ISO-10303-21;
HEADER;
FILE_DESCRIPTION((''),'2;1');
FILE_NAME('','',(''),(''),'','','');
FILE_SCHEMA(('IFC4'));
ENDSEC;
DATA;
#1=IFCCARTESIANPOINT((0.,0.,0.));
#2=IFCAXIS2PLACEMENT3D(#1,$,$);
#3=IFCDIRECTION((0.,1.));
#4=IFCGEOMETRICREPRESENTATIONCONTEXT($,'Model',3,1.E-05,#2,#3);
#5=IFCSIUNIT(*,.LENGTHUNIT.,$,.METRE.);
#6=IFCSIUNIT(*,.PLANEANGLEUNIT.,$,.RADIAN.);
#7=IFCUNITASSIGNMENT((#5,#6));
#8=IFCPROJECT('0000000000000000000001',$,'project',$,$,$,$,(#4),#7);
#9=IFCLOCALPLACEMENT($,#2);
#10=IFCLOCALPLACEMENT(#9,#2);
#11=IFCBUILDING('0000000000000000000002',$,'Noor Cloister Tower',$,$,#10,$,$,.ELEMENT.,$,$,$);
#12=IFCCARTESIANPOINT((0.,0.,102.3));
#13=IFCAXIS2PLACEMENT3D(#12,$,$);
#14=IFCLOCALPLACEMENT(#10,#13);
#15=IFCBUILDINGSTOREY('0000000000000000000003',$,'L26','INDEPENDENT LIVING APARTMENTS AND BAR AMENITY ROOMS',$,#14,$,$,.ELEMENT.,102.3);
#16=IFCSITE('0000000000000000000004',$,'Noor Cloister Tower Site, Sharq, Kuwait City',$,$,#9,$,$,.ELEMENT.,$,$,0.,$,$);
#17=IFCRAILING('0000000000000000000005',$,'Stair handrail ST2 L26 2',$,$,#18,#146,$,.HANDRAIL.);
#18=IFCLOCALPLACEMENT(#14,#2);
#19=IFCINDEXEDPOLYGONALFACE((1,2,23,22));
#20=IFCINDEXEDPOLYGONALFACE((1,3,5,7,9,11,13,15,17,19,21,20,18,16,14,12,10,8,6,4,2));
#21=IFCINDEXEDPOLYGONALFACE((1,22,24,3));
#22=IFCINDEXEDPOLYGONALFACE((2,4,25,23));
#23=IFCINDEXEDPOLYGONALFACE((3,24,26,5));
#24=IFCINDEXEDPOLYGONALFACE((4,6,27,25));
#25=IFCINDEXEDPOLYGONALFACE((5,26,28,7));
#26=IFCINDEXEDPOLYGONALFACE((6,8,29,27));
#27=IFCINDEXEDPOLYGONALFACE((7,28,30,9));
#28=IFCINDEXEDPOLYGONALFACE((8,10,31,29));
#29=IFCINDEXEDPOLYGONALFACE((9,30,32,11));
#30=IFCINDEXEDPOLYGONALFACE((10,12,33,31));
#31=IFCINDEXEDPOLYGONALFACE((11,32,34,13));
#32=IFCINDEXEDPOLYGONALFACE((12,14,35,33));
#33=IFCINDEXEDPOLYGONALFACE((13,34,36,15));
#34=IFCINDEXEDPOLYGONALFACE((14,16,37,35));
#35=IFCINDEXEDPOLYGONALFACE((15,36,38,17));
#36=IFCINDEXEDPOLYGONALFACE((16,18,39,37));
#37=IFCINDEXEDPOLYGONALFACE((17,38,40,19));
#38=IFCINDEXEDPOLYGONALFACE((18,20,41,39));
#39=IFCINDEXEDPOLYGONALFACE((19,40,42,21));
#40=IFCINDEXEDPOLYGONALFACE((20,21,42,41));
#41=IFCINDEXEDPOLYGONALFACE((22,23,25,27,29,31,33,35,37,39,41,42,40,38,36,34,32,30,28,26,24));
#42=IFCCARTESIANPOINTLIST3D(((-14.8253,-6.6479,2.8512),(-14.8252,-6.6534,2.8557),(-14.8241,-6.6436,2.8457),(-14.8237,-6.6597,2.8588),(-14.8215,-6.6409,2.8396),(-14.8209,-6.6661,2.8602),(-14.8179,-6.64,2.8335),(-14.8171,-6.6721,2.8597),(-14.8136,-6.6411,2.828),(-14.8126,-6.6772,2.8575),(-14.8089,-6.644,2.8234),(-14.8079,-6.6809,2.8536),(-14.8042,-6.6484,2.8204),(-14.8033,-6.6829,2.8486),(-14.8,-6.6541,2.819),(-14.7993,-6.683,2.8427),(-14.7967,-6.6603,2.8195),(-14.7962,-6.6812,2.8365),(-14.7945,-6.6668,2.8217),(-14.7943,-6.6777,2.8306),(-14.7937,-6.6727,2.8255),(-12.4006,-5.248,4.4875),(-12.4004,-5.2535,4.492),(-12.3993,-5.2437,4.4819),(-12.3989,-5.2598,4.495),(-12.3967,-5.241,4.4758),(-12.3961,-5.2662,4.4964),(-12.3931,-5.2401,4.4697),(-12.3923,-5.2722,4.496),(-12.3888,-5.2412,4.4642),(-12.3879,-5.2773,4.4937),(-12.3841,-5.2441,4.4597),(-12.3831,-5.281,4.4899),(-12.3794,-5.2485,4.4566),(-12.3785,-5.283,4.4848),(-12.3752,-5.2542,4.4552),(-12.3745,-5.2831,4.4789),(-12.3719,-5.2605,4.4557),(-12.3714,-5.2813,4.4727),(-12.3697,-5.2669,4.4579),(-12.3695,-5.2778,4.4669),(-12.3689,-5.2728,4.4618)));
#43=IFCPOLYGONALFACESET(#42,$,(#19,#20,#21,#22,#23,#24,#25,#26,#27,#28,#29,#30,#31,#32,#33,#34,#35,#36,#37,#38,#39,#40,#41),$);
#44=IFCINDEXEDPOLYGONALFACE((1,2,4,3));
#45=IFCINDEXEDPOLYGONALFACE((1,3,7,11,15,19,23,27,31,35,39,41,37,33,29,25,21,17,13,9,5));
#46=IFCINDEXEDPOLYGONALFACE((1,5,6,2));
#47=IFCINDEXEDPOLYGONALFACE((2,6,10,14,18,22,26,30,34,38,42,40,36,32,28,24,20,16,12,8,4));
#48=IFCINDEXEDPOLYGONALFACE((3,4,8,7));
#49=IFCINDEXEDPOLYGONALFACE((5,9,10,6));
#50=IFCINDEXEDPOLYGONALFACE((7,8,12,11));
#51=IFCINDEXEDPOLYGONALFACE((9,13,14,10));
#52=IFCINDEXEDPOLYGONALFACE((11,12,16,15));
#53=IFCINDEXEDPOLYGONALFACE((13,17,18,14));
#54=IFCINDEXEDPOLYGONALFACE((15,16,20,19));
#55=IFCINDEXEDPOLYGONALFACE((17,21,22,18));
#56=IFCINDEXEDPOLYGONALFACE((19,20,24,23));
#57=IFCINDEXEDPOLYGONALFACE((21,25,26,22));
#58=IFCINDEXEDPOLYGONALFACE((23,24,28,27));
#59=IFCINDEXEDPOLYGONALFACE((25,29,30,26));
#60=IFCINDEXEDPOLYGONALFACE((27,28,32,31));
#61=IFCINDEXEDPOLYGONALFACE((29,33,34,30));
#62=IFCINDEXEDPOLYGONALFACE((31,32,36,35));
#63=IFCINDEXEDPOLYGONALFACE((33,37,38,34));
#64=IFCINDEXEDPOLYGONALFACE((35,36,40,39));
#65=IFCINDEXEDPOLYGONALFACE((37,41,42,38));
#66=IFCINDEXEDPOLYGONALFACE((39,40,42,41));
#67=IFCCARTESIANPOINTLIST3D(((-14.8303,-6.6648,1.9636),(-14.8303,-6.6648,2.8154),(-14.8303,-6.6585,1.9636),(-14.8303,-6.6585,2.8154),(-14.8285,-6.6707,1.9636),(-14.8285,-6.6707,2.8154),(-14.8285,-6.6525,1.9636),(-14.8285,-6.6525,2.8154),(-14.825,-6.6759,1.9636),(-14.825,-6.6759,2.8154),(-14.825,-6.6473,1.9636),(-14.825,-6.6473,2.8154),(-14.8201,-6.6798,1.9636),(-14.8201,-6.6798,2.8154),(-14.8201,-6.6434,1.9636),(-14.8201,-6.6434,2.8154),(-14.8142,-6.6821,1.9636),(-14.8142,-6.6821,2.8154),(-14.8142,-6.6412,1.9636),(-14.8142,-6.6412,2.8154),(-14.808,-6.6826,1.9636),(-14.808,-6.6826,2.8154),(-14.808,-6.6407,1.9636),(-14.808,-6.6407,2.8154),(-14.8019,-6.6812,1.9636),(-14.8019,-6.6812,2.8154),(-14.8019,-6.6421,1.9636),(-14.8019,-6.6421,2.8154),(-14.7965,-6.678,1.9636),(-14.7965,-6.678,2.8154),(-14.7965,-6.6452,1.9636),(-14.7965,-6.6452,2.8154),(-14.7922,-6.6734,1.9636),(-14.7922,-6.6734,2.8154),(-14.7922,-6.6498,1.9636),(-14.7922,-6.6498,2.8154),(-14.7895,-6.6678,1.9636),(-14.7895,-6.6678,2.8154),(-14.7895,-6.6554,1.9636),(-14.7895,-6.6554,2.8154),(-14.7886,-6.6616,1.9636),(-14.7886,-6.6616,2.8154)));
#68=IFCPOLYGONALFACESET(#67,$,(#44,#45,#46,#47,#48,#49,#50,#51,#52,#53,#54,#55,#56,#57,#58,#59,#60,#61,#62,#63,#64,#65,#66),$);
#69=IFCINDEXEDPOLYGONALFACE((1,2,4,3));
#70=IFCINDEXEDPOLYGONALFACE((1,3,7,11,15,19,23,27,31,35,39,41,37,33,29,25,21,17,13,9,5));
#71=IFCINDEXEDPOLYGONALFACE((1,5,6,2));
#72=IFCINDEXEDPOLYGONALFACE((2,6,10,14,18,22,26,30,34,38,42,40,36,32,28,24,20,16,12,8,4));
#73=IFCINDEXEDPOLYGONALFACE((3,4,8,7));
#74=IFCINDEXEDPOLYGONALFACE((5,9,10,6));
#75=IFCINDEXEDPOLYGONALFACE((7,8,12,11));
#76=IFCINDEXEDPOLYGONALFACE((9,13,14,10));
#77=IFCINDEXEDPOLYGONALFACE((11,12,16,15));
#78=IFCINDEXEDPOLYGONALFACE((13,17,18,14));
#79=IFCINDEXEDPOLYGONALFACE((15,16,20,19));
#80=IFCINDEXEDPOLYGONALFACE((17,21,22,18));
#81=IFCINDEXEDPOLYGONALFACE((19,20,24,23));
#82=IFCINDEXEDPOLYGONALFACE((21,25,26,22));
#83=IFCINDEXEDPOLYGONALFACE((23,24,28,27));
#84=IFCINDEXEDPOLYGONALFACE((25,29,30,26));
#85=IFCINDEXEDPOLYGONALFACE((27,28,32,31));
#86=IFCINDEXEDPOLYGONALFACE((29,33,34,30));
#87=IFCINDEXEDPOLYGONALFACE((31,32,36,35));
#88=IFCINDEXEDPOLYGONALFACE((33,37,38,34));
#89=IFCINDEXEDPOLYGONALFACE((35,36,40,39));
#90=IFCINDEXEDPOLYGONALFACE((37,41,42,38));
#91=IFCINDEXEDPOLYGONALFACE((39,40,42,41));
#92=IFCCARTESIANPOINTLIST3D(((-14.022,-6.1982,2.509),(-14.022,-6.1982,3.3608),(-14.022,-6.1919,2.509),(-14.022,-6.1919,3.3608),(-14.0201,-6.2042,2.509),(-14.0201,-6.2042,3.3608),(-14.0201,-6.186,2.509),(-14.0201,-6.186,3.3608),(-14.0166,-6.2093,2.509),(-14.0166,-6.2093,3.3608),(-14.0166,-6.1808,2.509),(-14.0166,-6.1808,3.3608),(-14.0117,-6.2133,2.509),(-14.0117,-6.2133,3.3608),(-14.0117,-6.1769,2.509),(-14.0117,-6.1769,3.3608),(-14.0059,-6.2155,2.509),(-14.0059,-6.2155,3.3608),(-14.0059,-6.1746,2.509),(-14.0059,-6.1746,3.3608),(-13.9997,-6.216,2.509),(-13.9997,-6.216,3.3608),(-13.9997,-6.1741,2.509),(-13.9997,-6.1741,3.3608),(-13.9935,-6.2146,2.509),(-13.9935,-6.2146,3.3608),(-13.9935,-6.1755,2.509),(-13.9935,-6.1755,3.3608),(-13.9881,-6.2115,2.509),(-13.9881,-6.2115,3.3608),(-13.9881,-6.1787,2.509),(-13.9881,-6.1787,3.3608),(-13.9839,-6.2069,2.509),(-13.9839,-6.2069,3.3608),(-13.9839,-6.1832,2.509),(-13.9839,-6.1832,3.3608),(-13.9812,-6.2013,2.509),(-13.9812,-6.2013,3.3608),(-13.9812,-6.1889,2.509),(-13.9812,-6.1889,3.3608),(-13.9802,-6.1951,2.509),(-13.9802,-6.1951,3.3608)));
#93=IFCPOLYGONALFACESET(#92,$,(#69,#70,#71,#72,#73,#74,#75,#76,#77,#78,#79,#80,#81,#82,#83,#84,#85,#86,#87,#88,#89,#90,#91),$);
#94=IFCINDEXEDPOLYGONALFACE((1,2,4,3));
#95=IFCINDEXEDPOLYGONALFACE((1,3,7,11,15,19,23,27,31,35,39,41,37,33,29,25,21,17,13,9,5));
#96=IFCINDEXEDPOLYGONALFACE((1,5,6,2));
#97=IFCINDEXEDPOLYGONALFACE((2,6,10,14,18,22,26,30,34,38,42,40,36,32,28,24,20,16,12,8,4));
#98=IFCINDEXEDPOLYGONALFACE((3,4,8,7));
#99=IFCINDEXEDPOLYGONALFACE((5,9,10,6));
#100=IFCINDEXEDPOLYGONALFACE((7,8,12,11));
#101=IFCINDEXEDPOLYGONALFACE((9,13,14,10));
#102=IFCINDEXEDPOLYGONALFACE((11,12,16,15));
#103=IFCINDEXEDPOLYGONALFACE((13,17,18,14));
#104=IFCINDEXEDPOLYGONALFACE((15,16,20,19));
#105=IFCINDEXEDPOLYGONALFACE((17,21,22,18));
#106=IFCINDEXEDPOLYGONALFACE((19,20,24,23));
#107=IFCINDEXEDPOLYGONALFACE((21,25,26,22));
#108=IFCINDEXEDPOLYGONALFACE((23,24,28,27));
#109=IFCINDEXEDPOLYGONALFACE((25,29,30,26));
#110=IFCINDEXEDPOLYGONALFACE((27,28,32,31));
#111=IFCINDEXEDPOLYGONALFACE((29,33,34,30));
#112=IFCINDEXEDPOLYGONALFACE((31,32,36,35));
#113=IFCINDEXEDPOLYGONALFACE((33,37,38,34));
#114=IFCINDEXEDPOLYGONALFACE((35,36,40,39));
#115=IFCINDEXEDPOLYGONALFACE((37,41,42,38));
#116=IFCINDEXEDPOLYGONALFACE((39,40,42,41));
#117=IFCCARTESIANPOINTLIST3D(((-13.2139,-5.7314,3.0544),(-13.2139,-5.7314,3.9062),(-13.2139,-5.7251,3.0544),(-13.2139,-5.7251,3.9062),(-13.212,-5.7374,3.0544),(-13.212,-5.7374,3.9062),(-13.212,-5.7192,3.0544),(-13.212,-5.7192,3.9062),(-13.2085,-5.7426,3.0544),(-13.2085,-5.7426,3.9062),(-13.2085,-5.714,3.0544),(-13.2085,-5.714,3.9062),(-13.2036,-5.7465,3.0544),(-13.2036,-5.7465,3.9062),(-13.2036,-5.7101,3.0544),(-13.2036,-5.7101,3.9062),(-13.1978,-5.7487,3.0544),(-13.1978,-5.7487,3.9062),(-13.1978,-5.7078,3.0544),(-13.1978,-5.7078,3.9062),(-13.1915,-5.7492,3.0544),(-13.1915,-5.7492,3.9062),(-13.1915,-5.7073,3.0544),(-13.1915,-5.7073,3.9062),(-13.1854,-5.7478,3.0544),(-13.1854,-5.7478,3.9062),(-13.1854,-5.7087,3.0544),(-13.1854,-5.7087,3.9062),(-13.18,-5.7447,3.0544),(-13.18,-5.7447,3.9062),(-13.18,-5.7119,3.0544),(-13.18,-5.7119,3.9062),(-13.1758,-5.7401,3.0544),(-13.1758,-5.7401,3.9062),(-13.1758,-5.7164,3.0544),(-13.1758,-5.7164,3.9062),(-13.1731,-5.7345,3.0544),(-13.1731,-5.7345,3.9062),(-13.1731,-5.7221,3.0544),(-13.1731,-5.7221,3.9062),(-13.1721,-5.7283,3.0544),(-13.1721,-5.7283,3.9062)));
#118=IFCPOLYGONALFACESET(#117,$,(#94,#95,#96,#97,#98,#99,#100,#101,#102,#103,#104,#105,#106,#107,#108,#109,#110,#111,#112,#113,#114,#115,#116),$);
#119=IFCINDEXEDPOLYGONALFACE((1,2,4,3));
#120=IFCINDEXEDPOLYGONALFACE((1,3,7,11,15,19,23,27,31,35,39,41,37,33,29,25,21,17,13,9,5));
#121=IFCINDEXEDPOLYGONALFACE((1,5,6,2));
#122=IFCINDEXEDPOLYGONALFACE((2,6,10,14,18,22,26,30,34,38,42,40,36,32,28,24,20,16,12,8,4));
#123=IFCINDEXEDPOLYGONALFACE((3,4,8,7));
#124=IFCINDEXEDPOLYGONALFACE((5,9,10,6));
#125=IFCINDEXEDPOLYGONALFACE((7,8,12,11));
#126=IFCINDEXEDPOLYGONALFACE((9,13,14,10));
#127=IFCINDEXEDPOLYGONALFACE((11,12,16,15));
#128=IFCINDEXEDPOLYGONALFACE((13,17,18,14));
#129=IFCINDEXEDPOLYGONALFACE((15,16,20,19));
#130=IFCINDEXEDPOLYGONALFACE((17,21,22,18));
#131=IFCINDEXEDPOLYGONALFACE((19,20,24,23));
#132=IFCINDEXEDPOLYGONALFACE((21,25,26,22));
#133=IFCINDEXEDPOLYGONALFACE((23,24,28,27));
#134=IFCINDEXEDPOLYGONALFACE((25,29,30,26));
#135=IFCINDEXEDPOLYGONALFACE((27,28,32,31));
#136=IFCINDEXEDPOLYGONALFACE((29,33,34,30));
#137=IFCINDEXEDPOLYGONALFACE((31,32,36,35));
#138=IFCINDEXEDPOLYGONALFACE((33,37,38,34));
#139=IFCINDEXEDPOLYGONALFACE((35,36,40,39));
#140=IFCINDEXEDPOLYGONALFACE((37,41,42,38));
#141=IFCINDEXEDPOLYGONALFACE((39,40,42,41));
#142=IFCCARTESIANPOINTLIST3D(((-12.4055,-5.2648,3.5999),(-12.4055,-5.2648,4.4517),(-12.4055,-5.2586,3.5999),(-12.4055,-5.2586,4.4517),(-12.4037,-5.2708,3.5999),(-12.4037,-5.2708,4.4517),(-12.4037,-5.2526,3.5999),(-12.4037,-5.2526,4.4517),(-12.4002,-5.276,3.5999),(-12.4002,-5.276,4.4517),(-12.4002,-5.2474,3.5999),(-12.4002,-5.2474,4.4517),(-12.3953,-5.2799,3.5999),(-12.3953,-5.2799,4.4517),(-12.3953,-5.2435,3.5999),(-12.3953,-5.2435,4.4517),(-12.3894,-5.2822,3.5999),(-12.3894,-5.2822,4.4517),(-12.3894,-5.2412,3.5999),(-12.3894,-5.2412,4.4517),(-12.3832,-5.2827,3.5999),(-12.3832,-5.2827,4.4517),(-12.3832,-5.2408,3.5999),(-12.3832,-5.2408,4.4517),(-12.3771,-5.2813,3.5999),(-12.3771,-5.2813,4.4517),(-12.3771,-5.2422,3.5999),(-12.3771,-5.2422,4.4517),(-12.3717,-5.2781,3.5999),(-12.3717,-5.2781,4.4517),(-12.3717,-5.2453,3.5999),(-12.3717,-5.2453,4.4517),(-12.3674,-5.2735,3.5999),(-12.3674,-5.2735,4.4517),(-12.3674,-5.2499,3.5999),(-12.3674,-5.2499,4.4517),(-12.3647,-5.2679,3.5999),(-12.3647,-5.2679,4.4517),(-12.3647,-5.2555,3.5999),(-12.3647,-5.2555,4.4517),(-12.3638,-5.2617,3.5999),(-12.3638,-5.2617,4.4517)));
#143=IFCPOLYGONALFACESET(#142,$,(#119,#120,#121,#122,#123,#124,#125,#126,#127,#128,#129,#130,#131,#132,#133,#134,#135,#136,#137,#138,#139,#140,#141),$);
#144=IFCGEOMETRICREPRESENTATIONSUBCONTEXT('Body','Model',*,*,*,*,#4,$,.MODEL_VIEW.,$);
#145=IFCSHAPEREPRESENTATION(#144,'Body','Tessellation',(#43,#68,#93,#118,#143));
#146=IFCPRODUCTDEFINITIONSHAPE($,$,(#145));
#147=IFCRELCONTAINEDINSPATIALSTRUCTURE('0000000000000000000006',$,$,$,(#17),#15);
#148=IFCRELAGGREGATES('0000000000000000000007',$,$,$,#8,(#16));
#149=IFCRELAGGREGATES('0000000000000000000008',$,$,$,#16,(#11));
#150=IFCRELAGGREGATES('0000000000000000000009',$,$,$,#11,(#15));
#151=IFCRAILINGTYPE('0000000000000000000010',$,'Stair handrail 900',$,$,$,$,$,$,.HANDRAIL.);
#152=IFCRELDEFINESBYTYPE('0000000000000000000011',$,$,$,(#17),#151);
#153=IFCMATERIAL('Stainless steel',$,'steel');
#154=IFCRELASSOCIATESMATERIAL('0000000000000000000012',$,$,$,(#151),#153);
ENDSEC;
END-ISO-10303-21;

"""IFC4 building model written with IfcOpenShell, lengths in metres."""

from ifc_helpers import new_model, si_unit, direction, frame, origin, origin_2d, place, context, subcontext, project, spatial, circle, extrude, material, type_object, element, save


model = new_model("IFC4")

# Units and contexts
model_context = context("Model", 3, precision=1e-05, world=origin(), true_north=direction((0.0, 1.0)))
body_context = subcontext(model_context, "Body", "Model", "MODEL_VIEW")
ifc_project = project(units=[si_unit("LENGTHUNIT", "METRE"), si_unit("PLANEANGLEUNIT", "RADIAN")], contexts=[model_context])

# Site, building, storey
site_placement = place(None, origin())
site = spatial("IfcSite", under=ifc_project, at=site_placement, Name="Noor Cloister Tower Site, Sharq, Kuwait City", CompositionType="ELEMENT", RefElevation=0.0)
building_placement = place(site_placement, origin())
building = spatial("IfcBuilding", under=site, at=building_placement, Name="Noor Cloister Tower", CompositionType="ELEMENT")
storey_placement = place(building_placement, frame((0.0, 0.0, 102.3)))
storey = spatial("IfcBuildingStorey", under=building, at=storey_placement, Name="L26", Description="INDEPENDENT LIVING APARTMENTS AND BAR AMENITY ROOMS", CompositionType="ELEMENT", Elevation=102.3)

# Railing
ifc_material_1 = material(Name="Stainless steel", Category="steel")
railing_type_1 = type_object("IfcRailingType", Name="Stair handrail 900", PredefinedType="HANDRAIL", material=ifc_material_1)
railing_1_placement = place(storey_placement, frame((-14.8096, -6.6616, 1.9636)))
element("IfcRailing", 1, at=railing_1_placement, inside=storey, type_object=railing_type_1, Name="Stair handrail ST2 L26 2", PredefinedType="HANDRAIL", context=body_context, shape_type="SweptSolid", body=[
    extrude(circle(Radius=0.0239, at=origin_2d()), frame((0.0, 0.0, 0.876), z_axis=(0.747718, 0.431677, 0.504552), x_axis=(-0.499984, 0.866035, 0.0)), (0.0, 0.0, 1.0), 3.2429),
    extrude(circle(Radius=0.021, at=origin_2d()), origin(), (0.0, 0.0, 1.0), 0.8518),
    extrude(circle(Radius=0.021, at=origin_2d()), frame((0.8083, 0.4666, 0.5454)), (0.0, 0.0, 1.0), 0.8518),
    extrude(circle(Radius=0.021, at=origin_2d()), frame((1.6165, 0.9333, 1.0908)), (0.0, 0.0, 1.0), 0.8518),
    extrude(circle(Radius=0.021, at=origin_2d()), frame((2.4248, 1.3999, 1.6362)), (0.0, 0.0, 1.0), 0.8518),
])

save(model, "model.ifc")
